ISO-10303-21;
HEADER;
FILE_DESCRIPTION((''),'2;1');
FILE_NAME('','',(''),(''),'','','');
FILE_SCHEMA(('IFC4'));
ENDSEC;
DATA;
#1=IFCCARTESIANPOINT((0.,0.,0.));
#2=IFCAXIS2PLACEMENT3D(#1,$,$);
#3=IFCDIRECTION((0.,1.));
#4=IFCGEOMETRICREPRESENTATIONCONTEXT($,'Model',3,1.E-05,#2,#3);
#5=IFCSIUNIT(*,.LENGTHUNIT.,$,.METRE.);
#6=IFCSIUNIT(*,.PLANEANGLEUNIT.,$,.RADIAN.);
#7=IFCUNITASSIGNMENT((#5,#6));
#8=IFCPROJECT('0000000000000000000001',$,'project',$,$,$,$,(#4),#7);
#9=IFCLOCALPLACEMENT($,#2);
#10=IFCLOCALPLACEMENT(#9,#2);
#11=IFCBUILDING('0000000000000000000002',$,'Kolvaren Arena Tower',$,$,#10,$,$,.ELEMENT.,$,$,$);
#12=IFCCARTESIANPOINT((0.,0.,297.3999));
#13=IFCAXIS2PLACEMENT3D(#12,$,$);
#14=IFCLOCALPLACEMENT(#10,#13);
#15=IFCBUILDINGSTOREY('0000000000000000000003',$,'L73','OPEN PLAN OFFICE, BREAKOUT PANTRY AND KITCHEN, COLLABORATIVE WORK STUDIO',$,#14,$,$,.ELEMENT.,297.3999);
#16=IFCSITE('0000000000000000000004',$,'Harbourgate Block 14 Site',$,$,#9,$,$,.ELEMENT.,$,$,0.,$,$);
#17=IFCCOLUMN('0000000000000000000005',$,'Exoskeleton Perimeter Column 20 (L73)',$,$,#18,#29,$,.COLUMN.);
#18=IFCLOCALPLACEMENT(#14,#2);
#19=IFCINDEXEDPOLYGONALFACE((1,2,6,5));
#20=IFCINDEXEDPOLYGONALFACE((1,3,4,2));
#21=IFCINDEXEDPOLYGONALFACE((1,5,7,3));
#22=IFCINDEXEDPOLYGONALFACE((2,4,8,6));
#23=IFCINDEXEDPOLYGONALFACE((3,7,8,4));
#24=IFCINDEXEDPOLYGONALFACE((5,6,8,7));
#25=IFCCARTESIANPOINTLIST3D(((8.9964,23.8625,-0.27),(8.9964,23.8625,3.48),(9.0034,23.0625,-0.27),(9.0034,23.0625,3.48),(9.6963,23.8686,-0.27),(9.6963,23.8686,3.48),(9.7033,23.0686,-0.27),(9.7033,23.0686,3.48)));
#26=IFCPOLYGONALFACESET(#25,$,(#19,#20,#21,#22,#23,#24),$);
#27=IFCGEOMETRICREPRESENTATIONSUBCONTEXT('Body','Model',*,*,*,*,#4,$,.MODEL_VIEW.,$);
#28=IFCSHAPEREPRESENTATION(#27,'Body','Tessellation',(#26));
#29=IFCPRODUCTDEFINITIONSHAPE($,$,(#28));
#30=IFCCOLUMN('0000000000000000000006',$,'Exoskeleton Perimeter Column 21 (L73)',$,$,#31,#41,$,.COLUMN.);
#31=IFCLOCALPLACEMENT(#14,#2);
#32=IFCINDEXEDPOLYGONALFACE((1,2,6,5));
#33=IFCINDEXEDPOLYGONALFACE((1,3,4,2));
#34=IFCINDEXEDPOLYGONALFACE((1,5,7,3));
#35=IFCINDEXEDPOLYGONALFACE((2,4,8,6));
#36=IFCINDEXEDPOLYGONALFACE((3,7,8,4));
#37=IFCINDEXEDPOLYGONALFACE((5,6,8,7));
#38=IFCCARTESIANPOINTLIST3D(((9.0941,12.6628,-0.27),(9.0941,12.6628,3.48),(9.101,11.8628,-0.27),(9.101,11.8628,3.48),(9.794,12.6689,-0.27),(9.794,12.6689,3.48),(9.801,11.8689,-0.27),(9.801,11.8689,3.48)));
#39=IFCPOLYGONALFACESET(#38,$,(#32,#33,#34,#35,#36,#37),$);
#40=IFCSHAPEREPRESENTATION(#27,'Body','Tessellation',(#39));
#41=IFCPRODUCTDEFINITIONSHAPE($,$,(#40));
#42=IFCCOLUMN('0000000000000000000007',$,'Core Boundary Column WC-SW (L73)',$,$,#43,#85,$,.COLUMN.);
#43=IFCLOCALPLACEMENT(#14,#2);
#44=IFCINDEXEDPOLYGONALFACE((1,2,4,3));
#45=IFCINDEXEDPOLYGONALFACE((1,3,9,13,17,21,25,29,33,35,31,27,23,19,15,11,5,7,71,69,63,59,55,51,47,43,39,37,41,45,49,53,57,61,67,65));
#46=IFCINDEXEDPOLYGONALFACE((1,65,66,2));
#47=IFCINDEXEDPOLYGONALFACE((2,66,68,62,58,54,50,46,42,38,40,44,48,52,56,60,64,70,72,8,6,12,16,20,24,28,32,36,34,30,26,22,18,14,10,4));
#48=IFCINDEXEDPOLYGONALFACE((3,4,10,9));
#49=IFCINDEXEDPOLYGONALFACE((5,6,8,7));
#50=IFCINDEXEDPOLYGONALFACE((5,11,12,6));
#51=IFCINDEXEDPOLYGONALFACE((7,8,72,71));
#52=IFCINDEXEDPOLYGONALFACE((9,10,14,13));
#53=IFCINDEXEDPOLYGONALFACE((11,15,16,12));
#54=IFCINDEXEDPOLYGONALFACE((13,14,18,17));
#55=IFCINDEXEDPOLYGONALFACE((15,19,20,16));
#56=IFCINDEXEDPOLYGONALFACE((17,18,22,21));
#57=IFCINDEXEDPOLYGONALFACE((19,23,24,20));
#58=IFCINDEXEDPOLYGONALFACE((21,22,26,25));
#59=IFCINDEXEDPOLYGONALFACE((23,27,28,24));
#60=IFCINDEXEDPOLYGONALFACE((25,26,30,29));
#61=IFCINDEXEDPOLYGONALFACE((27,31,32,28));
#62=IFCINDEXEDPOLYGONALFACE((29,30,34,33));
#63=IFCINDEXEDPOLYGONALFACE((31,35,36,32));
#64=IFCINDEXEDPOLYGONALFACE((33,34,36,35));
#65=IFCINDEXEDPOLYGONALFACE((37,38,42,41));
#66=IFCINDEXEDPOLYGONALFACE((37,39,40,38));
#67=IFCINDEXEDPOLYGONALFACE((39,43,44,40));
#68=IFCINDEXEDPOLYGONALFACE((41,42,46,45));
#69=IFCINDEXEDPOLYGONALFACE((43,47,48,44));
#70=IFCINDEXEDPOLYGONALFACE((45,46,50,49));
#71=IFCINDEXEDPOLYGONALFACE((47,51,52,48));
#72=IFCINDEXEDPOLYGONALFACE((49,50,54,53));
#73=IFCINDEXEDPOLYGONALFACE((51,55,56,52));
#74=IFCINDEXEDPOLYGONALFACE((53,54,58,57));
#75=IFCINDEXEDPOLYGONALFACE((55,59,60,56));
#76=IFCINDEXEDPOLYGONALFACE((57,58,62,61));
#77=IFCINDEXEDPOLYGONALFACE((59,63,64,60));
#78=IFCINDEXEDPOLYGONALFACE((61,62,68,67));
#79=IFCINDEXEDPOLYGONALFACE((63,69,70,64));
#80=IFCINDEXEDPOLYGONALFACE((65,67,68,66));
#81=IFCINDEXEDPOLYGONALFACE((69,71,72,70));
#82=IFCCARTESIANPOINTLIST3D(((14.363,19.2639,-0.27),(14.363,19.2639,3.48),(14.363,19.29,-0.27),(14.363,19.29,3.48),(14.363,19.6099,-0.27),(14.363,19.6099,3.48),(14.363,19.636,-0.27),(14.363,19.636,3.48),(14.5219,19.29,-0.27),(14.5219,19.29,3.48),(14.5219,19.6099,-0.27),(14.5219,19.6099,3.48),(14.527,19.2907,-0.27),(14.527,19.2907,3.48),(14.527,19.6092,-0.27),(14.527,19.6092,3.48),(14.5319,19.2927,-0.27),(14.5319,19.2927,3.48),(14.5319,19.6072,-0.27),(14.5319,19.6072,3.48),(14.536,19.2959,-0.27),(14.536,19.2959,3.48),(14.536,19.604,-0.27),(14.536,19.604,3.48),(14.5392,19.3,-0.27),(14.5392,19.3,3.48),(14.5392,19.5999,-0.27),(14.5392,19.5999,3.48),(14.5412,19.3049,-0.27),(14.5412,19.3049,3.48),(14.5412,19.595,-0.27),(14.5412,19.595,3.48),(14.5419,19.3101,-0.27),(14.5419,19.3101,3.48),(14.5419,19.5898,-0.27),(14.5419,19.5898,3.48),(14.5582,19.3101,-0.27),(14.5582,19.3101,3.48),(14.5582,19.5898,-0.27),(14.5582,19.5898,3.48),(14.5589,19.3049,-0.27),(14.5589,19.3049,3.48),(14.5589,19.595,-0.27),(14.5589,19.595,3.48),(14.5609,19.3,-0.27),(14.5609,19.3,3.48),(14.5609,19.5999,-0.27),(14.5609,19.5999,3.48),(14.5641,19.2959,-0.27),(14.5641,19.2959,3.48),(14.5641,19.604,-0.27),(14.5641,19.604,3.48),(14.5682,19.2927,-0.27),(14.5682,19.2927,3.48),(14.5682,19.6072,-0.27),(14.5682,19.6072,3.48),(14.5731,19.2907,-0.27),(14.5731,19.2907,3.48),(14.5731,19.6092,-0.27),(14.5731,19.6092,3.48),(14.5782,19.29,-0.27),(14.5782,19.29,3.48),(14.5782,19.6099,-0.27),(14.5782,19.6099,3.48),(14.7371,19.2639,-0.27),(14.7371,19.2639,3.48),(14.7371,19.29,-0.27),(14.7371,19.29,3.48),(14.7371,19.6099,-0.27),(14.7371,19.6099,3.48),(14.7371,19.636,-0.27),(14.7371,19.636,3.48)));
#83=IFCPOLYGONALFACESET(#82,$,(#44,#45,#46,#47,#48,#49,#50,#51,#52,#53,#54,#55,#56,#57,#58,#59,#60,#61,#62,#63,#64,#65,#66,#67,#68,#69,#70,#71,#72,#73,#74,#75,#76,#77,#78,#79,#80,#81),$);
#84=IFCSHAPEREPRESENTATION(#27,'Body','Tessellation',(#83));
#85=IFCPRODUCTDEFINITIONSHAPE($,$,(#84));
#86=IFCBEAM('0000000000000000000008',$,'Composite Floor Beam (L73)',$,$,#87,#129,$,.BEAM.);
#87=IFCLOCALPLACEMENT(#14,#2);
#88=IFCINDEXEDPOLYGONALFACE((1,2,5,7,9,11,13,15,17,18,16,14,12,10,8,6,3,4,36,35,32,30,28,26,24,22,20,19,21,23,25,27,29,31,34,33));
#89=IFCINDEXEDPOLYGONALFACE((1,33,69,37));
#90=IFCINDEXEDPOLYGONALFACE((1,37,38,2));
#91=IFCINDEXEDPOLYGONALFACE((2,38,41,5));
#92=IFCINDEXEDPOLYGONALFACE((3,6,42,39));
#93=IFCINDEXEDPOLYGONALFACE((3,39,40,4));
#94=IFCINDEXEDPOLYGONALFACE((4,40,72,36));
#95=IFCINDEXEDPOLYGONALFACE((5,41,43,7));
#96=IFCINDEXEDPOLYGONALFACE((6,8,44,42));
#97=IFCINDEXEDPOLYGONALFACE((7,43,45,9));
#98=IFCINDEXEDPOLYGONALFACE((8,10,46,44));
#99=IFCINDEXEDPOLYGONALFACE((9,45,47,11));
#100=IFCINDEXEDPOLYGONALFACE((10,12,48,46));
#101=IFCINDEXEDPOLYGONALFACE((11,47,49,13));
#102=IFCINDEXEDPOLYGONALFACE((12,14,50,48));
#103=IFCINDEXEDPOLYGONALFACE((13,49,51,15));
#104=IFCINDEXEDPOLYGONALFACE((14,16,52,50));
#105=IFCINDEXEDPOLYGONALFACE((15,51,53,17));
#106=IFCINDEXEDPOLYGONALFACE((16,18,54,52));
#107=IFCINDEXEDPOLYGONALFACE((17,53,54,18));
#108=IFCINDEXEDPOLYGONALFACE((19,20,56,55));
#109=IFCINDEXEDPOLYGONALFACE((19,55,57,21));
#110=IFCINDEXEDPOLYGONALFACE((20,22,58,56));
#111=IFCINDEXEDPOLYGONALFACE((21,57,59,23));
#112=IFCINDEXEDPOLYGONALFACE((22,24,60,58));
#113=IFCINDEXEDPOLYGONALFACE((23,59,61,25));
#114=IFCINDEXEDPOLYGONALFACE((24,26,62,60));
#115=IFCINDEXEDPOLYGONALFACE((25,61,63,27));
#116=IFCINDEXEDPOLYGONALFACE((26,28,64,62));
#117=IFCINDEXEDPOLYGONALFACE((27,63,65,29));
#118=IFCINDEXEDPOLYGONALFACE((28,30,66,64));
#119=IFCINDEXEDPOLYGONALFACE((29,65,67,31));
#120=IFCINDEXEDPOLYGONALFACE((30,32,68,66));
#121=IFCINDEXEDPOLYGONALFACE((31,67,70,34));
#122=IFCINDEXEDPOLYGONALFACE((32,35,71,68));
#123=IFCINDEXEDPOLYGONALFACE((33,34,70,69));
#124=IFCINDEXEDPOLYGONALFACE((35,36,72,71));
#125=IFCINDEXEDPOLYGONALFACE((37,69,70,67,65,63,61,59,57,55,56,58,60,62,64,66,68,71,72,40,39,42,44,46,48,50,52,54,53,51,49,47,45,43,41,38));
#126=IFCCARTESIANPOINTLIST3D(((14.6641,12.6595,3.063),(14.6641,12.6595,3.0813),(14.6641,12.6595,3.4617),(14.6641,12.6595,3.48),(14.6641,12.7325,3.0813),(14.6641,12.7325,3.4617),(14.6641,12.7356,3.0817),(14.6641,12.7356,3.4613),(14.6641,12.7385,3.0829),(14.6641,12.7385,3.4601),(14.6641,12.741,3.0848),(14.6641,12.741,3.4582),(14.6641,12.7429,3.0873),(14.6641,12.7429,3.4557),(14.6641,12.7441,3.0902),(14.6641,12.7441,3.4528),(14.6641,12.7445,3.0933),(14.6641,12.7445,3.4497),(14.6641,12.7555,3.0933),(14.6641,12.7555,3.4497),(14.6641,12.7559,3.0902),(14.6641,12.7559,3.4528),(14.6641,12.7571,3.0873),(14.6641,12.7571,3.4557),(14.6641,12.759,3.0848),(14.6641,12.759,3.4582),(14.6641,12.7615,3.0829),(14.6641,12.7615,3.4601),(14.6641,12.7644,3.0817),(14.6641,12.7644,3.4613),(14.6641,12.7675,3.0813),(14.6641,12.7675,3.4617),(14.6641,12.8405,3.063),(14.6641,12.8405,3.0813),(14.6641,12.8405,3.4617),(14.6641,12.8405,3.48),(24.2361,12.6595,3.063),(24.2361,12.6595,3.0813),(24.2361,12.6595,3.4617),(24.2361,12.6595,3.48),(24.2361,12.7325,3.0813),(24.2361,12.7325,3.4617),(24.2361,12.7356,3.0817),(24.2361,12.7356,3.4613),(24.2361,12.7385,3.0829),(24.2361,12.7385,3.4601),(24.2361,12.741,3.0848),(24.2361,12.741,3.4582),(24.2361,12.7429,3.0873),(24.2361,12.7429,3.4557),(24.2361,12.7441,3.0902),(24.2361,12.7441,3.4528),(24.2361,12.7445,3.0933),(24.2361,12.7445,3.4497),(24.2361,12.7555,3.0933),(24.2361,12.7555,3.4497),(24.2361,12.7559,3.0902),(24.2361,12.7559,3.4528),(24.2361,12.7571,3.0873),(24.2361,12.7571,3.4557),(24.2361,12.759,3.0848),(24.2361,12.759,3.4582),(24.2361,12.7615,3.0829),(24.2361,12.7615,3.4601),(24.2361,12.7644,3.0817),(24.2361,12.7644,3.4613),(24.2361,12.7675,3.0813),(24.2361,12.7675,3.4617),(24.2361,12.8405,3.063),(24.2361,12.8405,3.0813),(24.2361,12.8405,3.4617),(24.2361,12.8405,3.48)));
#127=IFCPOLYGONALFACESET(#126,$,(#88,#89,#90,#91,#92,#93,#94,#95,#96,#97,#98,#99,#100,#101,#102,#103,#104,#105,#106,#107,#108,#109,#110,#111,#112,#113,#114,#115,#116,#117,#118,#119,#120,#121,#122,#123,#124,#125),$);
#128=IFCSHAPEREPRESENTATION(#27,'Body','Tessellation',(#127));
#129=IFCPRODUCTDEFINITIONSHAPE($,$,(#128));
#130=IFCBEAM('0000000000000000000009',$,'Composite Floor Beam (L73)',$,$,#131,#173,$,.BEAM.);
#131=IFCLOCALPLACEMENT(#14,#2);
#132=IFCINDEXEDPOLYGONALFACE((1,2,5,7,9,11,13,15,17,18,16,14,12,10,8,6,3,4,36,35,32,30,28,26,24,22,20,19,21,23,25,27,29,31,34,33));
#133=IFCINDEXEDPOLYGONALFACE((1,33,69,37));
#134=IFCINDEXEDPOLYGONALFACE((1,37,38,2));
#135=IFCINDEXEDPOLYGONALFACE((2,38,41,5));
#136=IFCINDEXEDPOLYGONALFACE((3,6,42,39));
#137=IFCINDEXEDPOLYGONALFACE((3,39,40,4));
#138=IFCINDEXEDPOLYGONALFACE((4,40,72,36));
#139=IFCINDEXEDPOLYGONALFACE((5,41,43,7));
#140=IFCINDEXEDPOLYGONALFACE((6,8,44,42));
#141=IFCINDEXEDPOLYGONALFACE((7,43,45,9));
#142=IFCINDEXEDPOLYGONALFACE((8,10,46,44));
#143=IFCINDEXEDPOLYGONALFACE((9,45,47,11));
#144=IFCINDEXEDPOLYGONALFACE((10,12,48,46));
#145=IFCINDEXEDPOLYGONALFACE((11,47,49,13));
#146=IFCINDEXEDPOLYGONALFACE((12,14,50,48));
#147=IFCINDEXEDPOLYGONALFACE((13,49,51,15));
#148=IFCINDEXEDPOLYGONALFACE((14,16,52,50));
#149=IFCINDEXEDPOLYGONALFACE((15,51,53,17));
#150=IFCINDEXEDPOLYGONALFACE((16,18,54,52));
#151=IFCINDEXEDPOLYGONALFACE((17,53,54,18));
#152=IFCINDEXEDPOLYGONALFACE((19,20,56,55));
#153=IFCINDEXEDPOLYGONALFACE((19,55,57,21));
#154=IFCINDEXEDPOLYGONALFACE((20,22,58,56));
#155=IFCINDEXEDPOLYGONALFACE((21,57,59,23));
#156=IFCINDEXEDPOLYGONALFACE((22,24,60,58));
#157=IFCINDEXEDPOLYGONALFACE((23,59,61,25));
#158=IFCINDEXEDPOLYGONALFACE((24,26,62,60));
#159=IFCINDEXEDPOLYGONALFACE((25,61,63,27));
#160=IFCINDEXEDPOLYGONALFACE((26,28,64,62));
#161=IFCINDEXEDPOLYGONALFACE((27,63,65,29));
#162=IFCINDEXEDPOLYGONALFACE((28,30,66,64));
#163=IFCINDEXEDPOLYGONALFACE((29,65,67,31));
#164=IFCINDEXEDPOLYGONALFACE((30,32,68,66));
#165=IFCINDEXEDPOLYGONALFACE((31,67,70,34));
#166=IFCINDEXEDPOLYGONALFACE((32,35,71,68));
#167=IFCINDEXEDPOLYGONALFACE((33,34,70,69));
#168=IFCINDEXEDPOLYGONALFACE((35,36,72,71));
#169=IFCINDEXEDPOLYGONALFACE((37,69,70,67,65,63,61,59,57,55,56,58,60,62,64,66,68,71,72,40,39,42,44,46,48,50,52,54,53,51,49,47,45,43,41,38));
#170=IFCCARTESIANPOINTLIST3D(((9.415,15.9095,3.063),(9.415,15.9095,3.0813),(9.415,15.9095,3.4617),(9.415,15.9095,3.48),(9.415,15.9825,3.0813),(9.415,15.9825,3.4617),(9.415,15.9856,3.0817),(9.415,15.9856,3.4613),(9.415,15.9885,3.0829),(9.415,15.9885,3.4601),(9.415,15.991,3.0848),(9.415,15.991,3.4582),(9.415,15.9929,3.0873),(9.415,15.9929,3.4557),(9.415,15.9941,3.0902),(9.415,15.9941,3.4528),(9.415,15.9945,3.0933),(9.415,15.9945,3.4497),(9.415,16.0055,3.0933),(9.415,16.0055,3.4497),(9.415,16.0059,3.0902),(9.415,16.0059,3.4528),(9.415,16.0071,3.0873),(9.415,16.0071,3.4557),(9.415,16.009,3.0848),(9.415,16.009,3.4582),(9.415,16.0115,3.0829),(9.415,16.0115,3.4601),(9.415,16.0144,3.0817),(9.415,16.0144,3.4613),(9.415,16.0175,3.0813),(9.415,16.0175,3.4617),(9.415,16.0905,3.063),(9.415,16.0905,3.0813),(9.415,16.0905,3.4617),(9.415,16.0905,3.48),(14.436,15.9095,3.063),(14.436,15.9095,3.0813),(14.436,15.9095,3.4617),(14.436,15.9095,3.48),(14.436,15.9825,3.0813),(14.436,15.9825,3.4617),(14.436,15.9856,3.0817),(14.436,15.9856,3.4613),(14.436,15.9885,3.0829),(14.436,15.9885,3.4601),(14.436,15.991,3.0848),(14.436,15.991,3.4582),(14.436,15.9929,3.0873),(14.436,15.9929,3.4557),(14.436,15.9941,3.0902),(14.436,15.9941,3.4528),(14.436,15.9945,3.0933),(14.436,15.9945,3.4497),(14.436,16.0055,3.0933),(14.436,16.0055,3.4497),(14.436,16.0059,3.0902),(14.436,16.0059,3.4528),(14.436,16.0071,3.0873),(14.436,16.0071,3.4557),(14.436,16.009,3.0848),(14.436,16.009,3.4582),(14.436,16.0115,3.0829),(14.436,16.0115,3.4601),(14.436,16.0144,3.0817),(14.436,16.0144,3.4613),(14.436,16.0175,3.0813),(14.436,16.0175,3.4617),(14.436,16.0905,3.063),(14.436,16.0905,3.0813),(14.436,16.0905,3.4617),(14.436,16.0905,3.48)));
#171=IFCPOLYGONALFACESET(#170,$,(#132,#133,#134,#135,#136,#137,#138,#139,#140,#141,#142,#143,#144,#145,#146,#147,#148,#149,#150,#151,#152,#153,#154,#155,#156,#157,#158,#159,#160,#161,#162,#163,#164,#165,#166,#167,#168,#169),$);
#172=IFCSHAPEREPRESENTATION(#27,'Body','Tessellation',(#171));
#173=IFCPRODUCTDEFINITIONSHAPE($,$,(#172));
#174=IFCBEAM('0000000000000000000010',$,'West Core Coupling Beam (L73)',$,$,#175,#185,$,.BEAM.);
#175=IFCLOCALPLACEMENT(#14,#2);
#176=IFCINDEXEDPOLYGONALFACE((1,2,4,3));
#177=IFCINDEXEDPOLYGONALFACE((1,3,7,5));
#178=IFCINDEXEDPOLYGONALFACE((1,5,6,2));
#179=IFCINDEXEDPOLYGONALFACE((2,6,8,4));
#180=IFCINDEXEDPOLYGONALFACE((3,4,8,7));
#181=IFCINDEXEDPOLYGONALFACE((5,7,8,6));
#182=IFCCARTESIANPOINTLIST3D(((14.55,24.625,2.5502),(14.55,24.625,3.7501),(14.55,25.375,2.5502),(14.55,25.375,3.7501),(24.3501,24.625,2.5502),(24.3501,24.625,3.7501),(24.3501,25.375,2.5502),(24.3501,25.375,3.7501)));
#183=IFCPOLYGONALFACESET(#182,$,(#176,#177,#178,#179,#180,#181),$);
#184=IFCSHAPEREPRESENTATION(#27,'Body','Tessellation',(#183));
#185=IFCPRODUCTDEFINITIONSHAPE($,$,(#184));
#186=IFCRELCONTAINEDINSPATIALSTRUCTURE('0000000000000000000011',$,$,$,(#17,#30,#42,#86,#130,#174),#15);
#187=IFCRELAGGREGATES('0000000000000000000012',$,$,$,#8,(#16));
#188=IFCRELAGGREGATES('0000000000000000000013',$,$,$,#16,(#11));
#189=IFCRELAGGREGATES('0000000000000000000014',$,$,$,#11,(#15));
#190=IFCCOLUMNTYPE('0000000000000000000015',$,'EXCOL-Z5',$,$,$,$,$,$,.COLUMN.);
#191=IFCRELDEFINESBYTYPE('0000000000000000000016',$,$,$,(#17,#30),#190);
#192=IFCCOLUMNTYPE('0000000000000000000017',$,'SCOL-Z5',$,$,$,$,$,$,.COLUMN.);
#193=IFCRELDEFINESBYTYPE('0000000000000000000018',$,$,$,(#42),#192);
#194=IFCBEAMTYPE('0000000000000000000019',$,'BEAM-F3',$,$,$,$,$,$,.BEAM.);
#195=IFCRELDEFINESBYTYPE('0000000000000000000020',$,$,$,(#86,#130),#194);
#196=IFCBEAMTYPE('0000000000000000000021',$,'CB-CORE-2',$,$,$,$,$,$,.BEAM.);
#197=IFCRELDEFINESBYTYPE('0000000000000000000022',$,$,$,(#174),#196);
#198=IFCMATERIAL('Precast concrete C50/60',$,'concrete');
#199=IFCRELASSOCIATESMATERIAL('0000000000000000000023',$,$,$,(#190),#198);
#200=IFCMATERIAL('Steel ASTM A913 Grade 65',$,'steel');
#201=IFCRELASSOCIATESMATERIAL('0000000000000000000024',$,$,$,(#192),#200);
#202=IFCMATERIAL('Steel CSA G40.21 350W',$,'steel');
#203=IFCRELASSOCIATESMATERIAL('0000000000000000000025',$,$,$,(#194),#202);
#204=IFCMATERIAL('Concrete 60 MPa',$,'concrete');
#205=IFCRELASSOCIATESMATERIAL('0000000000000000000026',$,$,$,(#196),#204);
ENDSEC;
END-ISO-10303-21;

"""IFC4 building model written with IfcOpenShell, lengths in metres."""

from ifc_helpers import new_model, si_unit, direction, frame, origin, origin_2d, place, context, subcontext, project, spatial, rectangle, i_section, extrude, material, material_profile, profile_set, type_object, element, save


model = new_model("IFC4")

# Units and contexts
model_context = context("Model", 3, precision=1e-05, world=origin(), true_north=direction((0.0, 1.0)))
body_context = subcontext(model_context, "Body", "Model", "MODEL_VIEW")
ifc_project = project(units=[si_unit("LENGTHUNIT", "METRE"), si_unit("PLANEANGLEUNIT", "RADIAN")], contexts=[model_context])

# Site, building, storey
site_placement = place(None, origin())
site = spatial("IfcSite", under=ifc_project, at=site_placement, Name="Harbourgate Block 14 Site", CompositionType="ELEMENT", RefElevation=0.0)
building_placement = place(site_placement, origin())
building = spatial("IfcBuilding", under=site, at=building_placement, Name="Kolvaren Arena Tower", CompositionType="ELEMENT")
storey_placement = place(building_placement, frame((0.0, 0.0, 297.3999)))
storey = spatial("IfcBuildingStorey", under=building, at=storey_placement, Name="L73", Description="OPEN PLAN OFFICE, BREAKOUT PANTRY AND KITCHEN, COLLABORATIVE WORK STUDIO", CompositionType="ELEMENT", Elevation=297.3999)

# Columns
ifc_material_1 = material(Name="Precast concrete C50/60", Category="concrete")
ifc_material_profile_1 = material_profile(ifc_material_1, rectangle(XDim=0.8, YDim=0.7, at=origin_2d()), Name="RC-800x700")
ifc_profile_set_1 = profile_set([ifc_material_profile_1], Name="Precast concrete C50/60")
column_type_1 = type_object("IfcColumnType", Name="EXCOL-Z5", PredefinedType="COLUMN", material=ifc_profile_set_1)
for number, where, z_axis, x_axis, name in (
    (1, (9.3499, 23.4656, -0.27), (0.0, 0.0, 1.0), (-0.008727, 0.999962, 0.0), "Exoskeleton Perimeter Column 20 (L73)"),
    (2, (9.4475, 12.2659, -0.27), (0.0, 0.0, 1.0), (-0.008727, 0.999962, 0.0), "Exoskeleton Perimeter Column 21 (L73)"),
):
    element("IfcColumn", number, at=place(storey_placement, frame(where, z_axis=z_axis, x_axis=x_axis)), inside=storey, type_object=column_type_1, Name=name, PredefinedType="COLUMN", context=body_context, shape_type="SweptSolid", body=[
        extrude(rectangle(XDim=0.8, YDim=0.7, at=origin_2d()), origin(), (0.0, 0.0, 1.0), 3.75),
    ])
ifc_material_2 = material(Name="Steel ASTM A913 Grade 65", Category="steel")
ifc_material_profile_2 = material_profile(ifc_material_2, i_section(OverallWidth=0.374, OverallDepth=0.3721, WebThickness=0.0164, FlangeThickness=0.0261, FilletRadius=0.02, at=origin_2d()), Name="W360x196")
ifc_profile_set_2 = profile_set([ifc_material_profile_2], Name="Steel ASTM A913 Grade 65")
column_type_2 = type_object("IfcColumnType", Name="SCOL-Z5", PredefinedType="COLUMN", material=ifc_profile_set_2)
column_placement = place(storey_placement, frame((14.55, 19.45, -0.27), z_axis=(0.0, 0.0, 1.0), x_axis=(1.0, 0.0, 0.0)))
element("IfcColumn", 3, at=column_placement, inside=storey, type_object=column_type_2, Name="Core Boundary Column WC-SW (L73)", PredefinedType="COLUMN", context=body_context, shape_type="SweptSolid", body=[
    extrude(i_section(OverallWidth=0.374, OverallDepth=0.3721, WebThickness=0.0164, FlangeThickness=0.0261, FilletRadius=0.02, at=origin_2d()), origin(), (0.0, 0.0, 1.0), 3.75),
])

# Beams
ifc_material_3 = material(Name="Steel CSA G40.21 350W", Category="steel")
ifc_material_profile_3 = material_profile(ifc_material_3, i_section(OverallWidth=0.1809, OverallDepth=0.417, WebThickness=0.011, FlangeThickness=0.0183, FilletRadius=0.012, at=origin_2d()), Name="W410x85")
ifc_profile_set_3 = profile_set([ifc_material_profile_3], Name="Steel CSA G40.21 350W")
beam_type_1 = type_object("IfcBeamType", Name="BEAM-F3", PredefinedType="BEAM", material=ifc_profile_set_3)
beam_1_placement = place(storey_placement, frame((14.6641, 12.75, 3.2715), z_axis=(1.0, 0.0, 0.0), x_axis=(0.0, 1.0, 0.0)))
element("IfcBeam", 4, at=beam_1_placement, inside=storey, type_object=beam_type_1, Name="Composite Floor Beam (L73)", PredefinedType="BEAM", context=body_context, shape_type="SweptSolid", body=[
    extrude(i_section(OverallWidth=0.1809, OverallDepth=0.417, WebThickness=0.011, FlangeThickness=0.0183, FilletRadius=0.012, at=origin_2d()), origin(), (0.0, 0.0, 1.0), 9.572),
])
beam_2_placement = place(storey_placement, frame((9.415, 16.0, 3.2715), z_axis=(1.0, 0.0, 0.0), x_axis=(0.0, 1.0, 0.0)))
element("IfcBeam", 5, at=beam_2_placement, inside=storey, type_object=beam_type_1, Name="Composite Floor Beam (L73)", PredefinedType="BEAM", context=body_context, shape_type="SweptSolid", body=[
    extrude(i_section(OverallWidth=0.1809, OverallDepth=0.417, WebThickness=0.011, FlangeThickness=0.0183, FilletRadius=0.012, at=origin_2d()), origin(), (0.0, 0.0, 1.0), 5.021),
])
ifc_material_4 = material(Name="Concrete 60 MPa", Category="concrete")
ifc_material_profile_4 = material_profile(ifc_material_4, rectangle(XDim=0.75, YDim=1.2, at=origin_2d()), Name="RC-750x1200")
ifc_profile_set_4 = profile_set([ifc_material_profile_4], Name="Concrete 60 MPa")
beam_type_2 = type_object("IfcBeamType", Name="CB-CORE-2", PredefinedType="BEAM", material=ifc_profile_set_4)
beam_3_placement = place(storey_placement, frame((14.55, 25.0, 3.1501), z_axis=(1.0, 0.0, 0.0), x_axis=(0.0, 1.0, 0.0)))
element("IfcBeam", 6, at=beam_3_placement, inside=storey, type_object=beam_type_2, Name="West Core Coupling Beam (L73)", PredefinedType="BEAM", context=body_context, shape_type="SweptSolid", body=[
    extrude(rectangle(XDim=0.75, YDim=1.2, at=origin_2d()), origin(), (0.0, 0.0, 1.0), 9.8),
])

save(model, "model.ifc")
